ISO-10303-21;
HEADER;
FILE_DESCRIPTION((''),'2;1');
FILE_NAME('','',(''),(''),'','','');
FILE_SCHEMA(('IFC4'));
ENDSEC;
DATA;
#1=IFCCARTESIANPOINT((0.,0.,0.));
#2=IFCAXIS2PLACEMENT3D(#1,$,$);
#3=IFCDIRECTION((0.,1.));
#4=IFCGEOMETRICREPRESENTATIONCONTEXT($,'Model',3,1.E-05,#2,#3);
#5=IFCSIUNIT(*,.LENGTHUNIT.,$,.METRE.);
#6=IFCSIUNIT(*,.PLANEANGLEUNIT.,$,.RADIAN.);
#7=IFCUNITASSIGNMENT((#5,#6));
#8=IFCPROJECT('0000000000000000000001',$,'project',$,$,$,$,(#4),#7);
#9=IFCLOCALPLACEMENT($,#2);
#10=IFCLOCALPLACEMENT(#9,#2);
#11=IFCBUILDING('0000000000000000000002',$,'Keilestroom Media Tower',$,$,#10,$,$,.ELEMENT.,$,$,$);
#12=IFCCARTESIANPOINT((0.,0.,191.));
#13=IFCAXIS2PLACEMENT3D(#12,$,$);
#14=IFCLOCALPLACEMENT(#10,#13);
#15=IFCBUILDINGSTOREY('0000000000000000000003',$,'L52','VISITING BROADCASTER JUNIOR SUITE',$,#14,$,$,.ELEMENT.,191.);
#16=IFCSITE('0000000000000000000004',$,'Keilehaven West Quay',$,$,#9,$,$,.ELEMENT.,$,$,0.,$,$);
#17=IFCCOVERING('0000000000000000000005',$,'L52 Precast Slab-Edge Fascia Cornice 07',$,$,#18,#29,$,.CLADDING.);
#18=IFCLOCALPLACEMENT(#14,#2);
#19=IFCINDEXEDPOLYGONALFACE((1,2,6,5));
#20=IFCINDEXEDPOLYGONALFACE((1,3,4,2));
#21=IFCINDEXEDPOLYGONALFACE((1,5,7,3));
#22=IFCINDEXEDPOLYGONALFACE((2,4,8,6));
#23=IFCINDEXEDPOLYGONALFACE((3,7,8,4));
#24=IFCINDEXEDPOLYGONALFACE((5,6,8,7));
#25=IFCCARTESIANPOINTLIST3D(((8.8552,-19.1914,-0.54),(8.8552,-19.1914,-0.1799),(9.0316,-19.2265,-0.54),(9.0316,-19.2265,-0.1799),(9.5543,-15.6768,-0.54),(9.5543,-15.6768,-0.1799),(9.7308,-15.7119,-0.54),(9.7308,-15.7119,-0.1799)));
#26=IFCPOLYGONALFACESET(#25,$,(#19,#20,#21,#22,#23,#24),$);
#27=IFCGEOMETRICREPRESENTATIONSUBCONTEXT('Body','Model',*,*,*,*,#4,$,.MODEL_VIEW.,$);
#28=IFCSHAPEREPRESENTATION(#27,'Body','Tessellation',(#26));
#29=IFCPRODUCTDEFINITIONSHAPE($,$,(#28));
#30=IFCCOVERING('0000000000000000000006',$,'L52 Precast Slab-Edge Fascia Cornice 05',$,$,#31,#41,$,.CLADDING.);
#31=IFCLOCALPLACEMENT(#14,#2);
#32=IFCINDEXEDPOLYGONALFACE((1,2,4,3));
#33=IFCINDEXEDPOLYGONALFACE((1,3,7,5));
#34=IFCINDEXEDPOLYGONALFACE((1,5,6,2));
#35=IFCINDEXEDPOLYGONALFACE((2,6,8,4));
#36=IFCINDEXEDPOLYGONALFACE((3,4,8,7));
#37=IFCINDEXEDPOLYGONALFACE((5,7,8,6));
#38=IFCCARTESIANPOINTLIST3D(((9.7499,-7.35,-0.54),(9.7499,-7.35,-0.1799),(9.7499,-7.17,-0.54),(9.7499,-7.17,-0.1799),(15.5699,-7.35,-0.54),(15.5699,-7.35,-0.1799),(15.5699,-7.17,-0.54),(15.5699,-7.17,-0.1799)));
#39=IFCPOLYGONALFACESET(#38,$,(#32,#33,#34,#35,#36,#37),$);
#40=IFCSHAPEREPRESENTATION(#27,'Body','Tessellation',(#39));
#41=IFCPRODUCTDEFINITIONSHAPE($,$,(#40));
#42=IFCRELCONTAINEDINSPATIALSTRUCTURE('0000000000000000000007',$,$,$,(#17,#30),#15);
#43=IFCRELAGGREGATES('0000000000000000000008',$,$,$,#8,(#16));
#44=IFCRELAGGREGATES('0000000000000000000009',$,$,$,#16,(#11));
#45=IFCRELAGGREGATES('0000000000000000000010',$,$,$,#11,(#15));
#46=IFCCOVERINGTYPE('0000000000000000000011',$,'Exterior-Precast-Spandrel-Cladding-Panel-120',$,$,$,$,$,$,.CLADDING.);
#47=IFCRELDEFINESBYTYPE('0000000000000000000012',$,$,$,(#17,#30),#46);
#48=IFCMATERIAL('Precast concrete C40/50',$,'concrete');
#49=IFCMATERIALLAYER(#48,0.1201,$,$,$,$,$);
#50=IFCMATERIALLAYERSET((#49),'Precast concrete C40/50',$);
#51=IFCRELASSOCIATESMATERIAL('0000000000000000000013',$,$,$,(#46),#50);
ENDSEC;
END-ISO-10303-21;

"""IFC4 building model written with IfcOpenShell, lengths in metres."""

from ifc_helpers import new_model, si_unit, direction, frame, origin, origin_2d, place, context, subcontext, project, spatial, rectangle, extrude, source, transform, mapped, material, layer, layer_set, type_object, element, save


model = new_model("IFC4")

# Units and contexts
model_context = context("Model", 3, precision=1e-05, world=origin(), true_north=direction((0.0, 1.0)))
body_context = subcontext(model_context, "Body", "Model", "MODEL_VIEW")
ifc_project = project(units=[si_unit("LENGTHUNIT", "METRE"), si_unit("PLANEANGLEUNIT", "RADIAN")], contexts=[model_context])

# Site, building, storey
site_placement = place(None, origin())
site = spatial("IfcSite", under=ifc_project, at=site_placement, Name="Keilehaven West Quay", CompositionType="ELEMENT", RefElevation=0.0)
building_placement = place(site_placement, origin())
building = spatial("IfcBuilding", under=site, at=building_placement, Name="Keilestroom Media Tower", CompositionType="ELEMENT")
storey_placement = place(building_placement, frame((0.0, 0.0, 191.0)))
storey = spatial("IfcBuildingStorey", under=building, at=storey_placement, Name="L52", Description="VISITING BROADCASTER JUNIOR SUITE", CompositionType="ELEMENT", Elevation=191.0)

# Shared definitions
ifc_material_1 = material(Name="Precast concrete C40/50", Category="concrete")

# Coverings
ifc_layer_1 = layer(ifc_material_1, 0.1201)
ifc_layer_set_1 = layer_set([ifc_layer_1], Name="Precast concrete C40/50")
covering_type = type_object("IfcCoveringType", Name="Exterior-Precast-Spandrel-Cladding-Panel-120", PredefinedType="CLADDING", material=ifc_layer_set_1)
shared_shape_1 = source(origin(), body_context, "Body", "SweptSolid", [
    extrude(rectangle(XDim=3.5835, YDim=0.1799, at=origin_2d()), origin(), (0.0, 0.0, 1.0), 0.3601),
])
covering_1_placement = place(storey_placement, frame((9.293, -17.4517, -0.54), z_axis=(0.0, 0.0, 1.0), x_axis=(-0.195099, -0.980784, 0.0)))
element("IfcCovering", 1, at=covering_1_placement, inside=storey, type_object=covering_type, Name="L52 Precast Slab-Edge Fascia Cornice 07", PredefinedType="CLADDING", context=body_context, shape_type="MappedRepresentation", body=[
    mapped(shared_shape_1, transform((0.0, 0.0, 0.0), x_axis=(1.0, 0.0, 0.0), y_axis=(0.0, 1.0, 0.0), z_axis=(0.0, 0.0, 1.0), scale=1.0)),
])
shared_shape_2 = source(origin(), body_context, "Body", "SweptSolid", [
    extrude(rectangle(XDim=5.8201, YDim=0.1799, at=origin_2d()), origin(), (0.0, 0.0, 1.0), 0.3601),
])
covering_2_placement = place(storey_placement, frame((12.6599, -7.26, -0.54), z_axis=(0.0, 0.0, 1.0), x_axis=(-1.0, 0.0, 0.0)))
element("IfcCovering", 2, at=covering_2_placement, inside=storey, type_object=covering_type, Name="L52 Precast Slab-Edge Fascia Cornice 05", PredefinedType="CLADDING", context=body_context, shape_type="MappedRepresentation", body=[
    mapped(shared_shape_2, transform((0.0, 0.0, 0.0), x_axis=(1.0, 0.0, 0.0), y_axis=(0.0, 1.0, 0.0), z_axis=(0.0, 0.0, 1.0), scale=1.0)),
])

save(model, "model.ifc")
